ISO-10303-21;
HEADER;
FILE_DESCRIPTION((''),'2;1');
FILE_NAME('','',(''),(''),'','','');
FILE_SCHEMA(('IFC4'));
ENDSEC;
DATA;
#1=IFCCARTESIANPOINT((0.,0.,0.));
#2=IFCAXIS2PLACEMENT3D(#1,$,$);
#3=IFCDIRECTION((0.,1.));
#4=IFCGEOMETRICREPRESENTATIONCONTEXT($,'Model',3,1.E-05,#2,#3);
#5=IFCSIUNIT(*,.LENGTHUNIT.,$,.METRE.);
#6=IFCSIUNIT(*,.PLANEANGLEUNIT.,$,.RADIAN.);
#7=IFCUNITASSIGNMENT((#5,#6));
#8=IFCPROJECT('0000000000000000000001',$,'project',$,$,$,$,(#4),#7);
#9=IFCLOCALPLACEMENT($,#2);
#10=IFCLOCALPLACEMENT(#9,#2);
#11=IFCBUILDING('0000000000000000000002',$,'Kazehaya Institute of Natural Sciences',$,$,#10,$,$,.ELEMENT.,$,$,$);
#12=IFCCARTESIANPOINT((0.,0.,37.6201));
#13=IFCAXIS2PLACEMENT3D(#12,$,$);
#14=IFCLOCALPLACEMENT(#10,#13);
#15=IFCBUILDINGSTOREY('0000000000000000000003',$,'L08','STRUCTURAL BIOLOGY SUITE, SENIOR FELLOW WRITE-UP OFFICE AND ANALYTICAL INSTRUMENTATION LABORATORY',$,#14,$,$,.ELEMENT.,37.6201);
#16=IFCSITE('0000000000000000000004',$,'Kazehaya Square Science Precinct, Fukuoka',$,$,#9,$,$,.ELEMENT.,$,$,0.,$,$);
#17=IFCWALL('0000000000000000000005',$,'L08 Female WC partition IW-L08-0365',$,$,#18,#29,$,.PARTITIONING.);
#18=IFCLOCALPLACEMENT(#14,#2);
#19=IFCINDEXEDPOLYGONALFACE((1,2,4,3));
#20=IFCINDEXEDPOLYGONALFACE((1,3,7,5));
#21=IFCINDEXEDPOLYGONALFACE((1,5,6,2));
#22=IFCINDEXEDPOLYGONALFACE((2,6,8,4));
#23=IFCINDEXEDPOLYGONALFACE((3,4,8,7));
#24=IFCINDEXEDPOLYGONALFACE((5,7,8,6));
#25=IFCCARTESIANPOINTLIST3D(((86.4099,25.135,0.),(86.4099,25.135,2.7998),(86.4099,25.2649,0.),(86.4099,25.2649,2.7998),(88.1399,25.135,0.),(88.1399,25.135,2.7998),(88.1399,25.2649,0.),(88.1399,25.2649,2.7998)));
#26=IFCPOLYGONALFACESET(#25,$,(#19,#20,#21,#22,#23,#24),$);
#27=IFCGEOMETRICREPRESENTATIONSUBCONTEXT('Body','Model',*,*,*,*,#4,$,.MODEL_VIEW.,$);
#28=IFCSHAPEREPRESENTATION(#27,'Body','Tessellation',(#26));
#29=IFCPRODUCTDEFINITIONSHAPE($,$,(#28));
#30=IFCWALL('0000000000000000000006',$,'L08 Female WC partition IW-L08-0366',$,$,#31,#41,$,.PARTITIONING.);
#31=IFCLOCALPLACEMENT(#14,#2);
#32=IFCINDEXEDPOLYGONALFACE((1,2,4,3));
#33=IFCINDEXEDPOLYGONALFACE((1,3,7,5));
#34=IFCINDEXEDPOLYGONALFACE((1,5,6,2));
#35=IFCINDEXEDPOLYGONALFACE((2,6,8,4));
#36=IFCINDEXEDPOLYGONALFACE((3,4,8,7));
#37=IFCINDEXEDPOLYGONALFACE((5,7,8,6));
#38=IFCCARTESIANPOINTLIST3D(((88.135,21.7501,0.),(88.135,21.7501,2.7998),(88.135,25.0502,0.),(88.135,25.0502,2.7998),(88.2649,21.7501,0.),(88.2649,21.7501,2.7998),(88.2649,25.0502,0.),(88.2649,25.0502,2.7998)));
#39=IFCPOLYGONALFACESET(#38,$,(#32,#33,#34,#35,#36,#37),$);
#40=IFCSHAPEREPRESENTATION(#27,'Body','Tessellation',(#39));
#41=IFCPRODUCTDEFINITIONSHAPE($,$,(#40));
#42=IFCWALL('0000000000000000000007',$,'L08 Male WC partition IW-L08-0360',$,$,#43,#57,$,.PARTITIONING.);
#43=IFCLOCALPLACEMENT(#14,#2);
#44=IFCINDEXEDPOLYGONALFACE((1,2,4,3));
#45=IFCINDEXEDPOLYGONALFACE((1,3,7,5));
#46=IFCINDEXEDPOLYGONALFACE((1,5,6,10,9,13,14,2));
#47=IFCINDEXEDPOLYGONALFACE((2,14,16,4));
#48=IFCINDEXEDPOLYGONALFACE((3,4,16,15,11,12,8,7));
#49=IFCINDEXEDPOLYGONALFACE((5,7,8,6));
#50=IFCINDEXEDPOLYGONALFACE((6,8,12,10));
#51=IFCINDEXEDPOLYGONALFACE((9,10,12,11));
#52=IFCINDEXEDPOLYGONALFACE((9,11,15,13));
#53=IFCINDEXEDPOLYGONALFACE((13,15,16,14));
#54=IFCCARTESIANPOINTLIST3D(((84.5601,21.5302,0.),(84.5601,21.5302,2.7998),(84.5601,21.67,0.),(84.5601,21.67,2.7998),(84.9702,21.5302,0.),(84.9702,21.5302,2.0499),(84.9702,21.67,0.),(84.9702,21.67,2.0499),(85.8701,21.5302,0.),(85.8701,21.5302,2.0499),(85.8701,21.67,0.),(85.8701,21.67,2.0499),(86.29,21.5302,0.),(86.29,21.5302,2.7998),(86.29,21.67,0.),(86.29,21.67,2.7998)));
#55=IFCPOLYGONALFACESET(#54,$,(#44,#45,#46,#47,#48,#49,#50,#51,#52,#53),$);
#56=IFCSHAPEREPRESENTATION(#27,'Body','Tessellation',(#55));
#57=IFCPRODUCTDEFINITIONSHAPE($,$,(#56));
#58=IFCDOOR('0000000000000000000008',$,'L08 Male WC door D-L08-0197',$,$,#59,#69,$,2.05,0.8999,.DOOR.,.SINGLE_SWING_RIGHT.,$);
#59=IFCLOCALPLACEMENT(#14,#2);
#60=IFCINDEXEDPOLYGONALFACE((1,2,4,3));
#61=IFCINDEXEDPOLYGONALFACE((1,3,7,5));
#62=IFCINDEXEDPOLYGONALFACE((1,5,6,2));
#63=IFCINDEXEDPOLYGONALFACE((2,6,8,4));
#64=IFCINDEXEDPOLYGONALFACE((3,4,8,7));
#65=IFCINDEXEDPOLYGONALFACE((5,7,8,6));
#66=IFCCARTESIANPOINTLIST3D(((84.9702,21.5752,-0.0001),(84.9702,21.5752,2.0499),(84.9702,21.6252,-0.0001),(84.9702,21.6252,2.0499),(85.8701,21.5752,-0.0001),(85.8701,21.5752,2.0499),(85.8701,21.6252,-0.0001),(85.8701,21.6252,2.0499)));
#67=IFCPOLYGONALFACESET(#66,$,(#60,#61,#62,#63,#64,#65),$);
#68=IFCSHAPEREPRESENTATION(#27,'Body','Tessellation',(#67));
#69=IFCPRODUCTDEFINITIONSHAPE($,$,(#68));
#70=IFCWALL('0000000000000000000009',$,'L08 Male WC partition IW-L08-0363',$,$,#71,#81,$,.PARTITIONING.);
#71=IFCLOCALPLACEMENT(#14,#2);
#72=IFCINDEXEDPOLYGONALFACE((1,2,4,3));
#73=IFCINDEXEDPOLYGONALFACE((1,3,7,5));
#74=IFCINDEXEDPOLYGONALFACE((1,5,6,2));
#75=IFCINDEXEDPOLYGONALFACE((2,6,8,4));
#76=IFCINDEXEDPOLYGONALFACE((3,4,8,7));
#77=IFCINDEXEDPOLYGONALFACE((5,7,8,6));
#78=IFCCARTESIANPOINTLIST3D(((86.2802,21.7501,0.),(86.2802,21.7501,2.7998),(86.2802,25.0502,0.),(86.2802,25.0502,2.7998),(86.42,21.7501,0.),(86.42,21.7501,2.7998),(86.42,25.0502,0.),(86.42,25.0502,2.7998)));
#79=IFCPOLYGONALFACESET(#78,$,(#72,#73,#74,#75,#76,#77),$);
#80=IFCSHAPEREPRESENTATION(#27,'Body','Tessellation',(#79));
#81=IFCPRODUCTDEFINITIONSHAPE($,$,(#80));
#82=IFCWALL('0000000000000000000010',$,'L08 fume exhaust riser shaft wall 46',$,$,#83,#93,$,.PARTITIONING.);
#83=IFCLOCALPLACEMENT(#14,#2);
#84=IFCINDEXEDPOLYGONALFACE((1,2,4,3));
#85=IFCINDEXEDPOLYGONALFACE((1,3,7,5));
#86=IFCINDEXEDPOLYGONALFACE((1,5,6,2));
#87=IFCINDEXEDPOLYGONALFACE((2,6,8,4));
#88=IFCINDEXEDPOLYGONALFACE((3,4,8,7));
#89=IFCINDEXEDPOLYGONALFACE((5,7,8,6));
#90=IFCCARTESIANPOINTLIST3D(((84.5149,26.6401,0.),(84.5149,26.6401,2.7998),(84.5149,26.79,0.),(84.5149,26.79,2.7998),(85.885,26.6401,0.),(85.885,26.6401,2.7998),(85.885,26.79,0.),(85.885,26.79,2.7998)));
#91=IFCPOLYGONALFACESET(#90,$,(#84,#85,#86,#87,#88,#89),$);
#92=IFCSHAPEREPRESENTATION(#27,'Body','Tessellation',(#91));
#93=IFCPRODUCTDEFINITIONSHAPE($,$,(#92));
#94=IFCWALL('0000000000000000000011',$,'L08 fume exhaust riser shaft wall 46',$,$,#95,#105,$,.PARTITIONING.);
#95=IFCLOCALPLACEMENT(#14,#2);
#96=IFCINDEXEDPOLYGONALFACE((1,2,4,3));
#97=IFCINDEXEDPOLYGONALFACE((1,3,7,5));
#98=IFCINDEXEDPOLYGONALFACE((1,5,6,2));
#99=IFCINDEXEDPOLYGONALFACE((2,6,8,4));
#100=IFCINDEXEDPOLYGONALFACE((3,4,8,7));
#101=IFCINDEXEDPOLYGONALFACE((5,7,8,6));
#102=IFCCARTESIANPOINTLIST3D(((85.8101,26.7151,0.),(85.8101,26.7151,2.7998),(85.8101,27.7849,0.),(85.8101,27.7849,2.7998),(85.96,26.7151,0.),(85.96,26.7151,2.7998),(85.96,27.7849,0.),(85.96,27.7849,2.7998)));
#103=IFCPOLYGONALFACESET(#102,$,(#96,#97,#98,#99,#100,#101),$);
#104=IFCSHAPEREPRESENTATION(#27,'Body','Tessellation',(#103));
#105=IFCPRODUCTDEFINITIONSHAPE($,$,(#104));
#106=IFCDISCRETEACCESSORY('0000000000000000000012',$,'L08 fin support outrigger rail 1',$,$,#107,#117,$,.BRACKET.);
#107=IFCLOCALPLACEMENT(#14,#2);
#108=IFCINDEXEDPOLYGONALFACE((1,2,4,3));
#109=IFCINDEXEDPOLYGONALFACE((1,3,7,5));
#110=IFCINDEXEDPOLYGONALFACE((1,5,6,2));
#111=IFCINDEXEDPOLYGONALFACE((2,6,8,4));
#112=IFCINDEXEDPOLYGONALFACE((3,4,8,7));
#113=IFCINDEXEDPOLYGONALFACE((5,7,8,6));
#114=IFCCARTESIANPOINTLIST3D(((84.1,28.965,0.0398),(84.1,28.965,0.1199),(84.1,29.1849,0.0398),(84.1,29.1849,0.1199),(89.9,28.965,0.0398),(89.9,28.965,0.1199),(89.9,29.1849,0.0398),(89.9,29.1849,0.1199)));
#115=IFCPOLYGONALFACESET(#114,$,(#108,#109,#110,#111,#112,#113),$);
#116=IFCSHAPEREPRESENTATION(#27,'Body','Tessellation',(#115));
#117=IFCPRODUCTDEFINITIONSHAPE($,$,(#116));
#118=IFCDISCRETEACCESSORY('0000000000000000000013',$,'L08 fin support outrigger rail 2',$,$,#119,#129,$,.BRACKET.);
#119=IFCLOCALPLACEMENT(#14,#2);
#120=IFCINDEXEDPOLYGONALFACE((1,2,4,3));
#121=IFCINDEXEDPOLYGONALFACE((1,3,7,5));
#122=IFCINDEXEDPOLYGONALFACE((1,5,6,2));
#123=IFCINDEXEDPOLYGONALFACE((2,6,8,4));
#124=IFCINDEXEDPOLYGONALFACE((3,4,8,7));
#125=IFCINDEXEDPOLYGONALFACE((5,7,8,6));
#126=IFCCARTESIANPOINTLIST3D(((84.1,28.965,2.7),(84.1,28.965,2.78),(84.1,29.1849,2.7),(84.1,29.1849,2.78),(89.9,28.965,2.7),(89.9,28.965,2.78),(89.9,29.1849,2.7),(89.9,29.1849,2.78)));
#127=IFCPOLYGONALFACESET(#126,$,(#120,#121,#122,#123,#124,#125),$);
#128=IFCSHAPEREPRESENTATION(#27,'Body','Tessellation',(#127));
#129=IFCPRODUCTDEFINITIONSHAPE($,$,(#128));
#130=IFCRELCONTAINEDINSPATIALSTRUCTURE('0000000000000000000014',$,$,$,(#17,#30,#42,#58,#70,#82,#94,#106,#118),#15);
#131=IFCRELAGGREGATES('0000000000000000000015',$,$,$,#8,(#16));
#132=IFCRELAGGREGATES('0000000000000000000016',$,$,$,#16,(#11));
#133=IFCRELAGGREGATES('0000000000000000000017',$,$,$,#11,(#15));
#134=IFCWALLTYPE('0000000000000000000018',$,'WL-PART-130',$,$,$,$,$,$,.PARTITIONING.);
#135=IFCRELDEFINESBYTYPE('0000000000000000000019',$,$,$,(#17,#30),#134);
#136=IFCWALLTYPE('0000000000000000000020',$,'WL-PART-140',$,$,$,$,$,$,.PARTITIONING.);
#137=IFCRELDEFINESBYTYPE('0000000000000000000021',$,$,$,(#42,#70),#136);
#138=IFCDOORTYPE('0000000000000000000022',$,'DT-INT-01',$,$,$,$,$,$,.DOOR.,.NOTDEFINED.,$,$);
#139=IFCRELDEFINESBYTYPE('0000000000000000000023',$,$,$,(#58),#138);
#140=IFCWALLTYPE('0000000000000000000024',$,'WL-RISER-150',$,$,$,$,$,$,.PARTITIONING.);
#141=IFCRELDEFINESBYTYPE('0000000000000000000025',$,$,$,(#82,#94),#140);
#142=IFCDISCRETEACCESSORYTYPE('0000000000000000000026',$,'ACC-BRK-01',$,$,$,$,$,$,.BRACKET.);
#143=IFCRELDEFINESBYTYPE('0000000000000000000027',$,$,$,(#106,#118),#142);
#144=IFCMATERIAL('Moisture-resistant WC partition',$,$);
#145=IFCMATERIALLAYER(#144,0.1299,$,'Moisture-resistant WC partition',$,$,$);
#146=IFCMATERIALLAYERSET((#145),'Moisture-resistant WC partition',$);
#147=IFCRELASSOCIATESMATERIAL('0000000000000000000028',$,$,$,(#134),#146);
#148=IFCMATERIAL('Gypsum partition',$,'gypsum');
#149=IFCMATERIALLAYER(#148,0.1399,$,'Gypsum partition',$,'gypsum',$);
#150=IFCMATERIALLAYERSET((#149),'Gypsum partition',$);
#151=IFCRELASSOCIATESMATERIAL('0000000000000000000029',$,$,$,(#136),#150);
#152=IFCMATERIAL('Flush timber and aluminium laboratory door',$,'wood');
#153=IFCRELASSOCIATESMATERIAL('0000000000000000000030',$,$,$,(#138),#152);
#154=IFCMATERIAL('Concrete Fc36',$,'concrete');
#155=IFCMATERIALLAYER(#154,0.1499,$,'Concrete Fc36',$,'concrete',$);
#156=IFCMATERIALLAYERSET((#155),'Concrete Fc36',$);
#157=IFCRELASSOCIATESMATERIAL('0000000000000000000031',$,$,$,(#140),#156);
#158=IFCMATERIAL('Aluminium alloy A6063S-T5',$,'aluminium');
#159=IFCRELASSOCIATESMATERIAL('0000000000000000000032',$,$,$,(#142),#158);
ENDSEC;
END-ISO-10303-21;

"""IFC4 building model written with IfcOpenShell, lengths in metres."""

from ifc_helpers import new_model, si_unit, direction, frame, frame_2d, origin, origin_2d, place, context, subcontext, project, spatial, rectangle, extrude, material, layer, layer_set, type_object, element, fill, save


model = new_model("IFC4")

# Units and contexts
model_context = context("Model", 3, precision=1e-05, world=origin(), true_north=direction((0.0, 1.0)))
body_context = subcontext(model_context, "Body", "Model", "MODEL_VIEW")
ifc_project = project(units=[si_unit("LENGTHUNIT", "METRE"), si_unit("PLANEANGLEUNIT", "RADIAN")], contexts=[model_context])

# Site, building, storey
site_placement = place(None, origin())
site = spatial("IfcSite", under=ifc_project, at=site_placement, Name="Kazehaya Square Science Precinct, Fukuoka", CompositionType="ELEMENT", RefElevation=0.0)
building_placement = place(site_placement, origin())
building = spatial("IfcBuilding", under=site, at=building_placement, Name="Kazehaya Institute of Natural Sciences", CompositionType="ELEMENT")
storey_placement = place(building_placement, frame((0.0, 0.0, 37.6201)))
storey = spatial("IfcBuildingStorey", under=building, at=storey_placement, Name="L08", Description="STRUCTURAL BIOLOGY SUITE, SENIOR FELLOW WRITE-UP OFFICE AND ANALYTICAL INSTRUMENTATION LABORATORY", CompositionType="ELEMENT", Elevation=37.6201)

# Shared definitions
ifc_material_1 = material(Name="Aluminium alloy A6063S-T5", Category="aluminium")

# Shared definitions
ifc_material_2 = material(Name="Flush timber and aluminium laboratory door", Category="wood")

# Shared definitions
ifc_material_3 = material(Name="Moisture-resistant WC partition")
ifc_layer_1 = layer(ifc_material_3, 0.1299, Name="Moisture-resistant WC partition")
ifc_layer_set_1 = layer_set([ifc_layer_1], Name="Moisture-resistant WC partition")
wall_type_1 = type_object("IfcWallType", Name="WL-PART-130", PredefinedType="PARTITIONING", material=ifc_layer_set_1)

# Walls
wall_1_placement = place(storey_placement, frame((86.4099, 25.2, 0.0), z_axis=(0.0, 0.0, 1.0), x_axis=(1.0, 0.0, 0.0)))
element("IfcWall", 1, at=wall_1_placement, inside=storey, type_object=wall_type_1, Name="L08 Female WC partition IW-L08-0365", PredefinedType="PARTITIONING", context=body_context, shape_type="SweptSolid", body=[
    extrude(rectangle(XDim=1.73, YDim=0.1299, at=frame_2d((0.865, 0.0))), origin(), (0.0, 0.0, 1.0), 2.7998),
])
wall_2_placement = place(storey_placement, frame((88.2, 25.05, 0.0), z_axis=(0.0, 0.0, 1.0), x_axis=(0.0, -1.0, 0.0)))
element("IfcWall", 2, at=wall_2_placement, inside=storey, type_object=wall_type_1, Name="L08 Female WC partition IW-L08-0366", PredefinedType="PARTITIONING", context=body_context, shape_type="SweptSolid", body=[
    extrude(rectangle(XDim=3.3, YDim=0.1299, at=frame_2d((1.6499, 0.0))), origin(), (0.0, 0.0, 1.0), 2.7998),
])

# Wall, opening, door
ifc_material_4 = material(Name="Gypsum partition", Category="gypsum")
ifc_layer_2 = layer(ifc_material_4, 0.1399, Name="Gypsum partition", Category="gypsum")
ifc_layer_set_2 = layer_set([ifc_layer_2], Name="Gypsum partition")
wall_type_2 = type_object("IfcWallType", Name="WL-PART-140", PredefinedType="PARTITIONING", material=ifc_layer_set_2)
wall_3_placement = place(storey_placement, frame((86.29, 21.6001, 0.0), z_axis=(0.0, 0.0, 1.0), x_axis=(-1.0, 0.0, 0.0)))
wall_3 = element("IfcWall", 3, at=wall_3_placement, inside=storey, type_object=wall_type_2, Name="L08 Male WC partition IW-L08-0360", PredefinedType="PARTITIONING", context=body_context, shape_type="SweptSolid", body=[
    extrude(rectangle(XDim=1.73, YDim=0.1399, at=frame_2d((0.865, 0.0))), origin(), (0.0, 0.0, 1.0), 2.7998),
])
opening_1_placement = place(wall_3_placement, frame((0.4199, 0.0, 0.0)))
opening_1 = element("IfcOpeningElement", 4, at=opening_1_placement, cuts=wall_3, PredefinedType="OPENING", context=body_context, shape_type="SweptSolid", body=[
    extrude(rectangle(XDim=0.8999, YDim=2.05, at=frame_2d((0.45, 1.0249))), frame((0.0, 0.0798, 0.0), z_axis=(0.0, -1.0, 0.0), x_axis=(1.0, 0.0, 0.0)), (0.0, 0.0, 1.0), 0.1599),
])
door_type_1 = type_object("IfcDoorType", Name="DT-INT-01", OperationType="NOTDEFINED", PredefinedType="DOOR", material=ifc_material_2)
door_1_placement = place(opening_1_placement, origin())
door_1 = element("IfcDoor", 5, at=door_1_placement, inside=storey, type_object=door_type_1, Name="L08 Male WC door D-L08-0197", OperationType="SINGLE_SWING_RIGHT", OverallHeight=2.05, OverallWidth=0.8999, PredefinedType="DOOR", context=body_context, shape_type="SweptSolid", body=[
    extrude(rectangle(XDim=0.8999, YDim=2.05, at=frame_2d((0.45, 1.0249))), frame((0.0, 0.0249, 0.0), z_axis=(0.0, -1.0, 0.0), x_axis=(1.0, 0.0, 0.0)), (0.0, 0.0, 1.0), 0.05),
])
fill(opening_1, door_1)

# Walls
wall_4_placement = place(storey_placement, frame((86.3501, 25.05, 0.0), z_axis=(0.0, 0.0, 1.0), x_axis=(0.0, -1.0, 0.0)))
element("IfcWall", 6, at=wall_4_placement, inside=storey, type_object=wall_type_2, Name="L08 Male WC partition IW-L08-0363", PredefinedType="PARTITIONING", context=body_context, shape_type="SweptSolid", body=[
    extrude(rectangle(XDim=3.3, YDim=0.1399, at=frame_2d((1.6499, 0.0))), origin(), (0.0, 0.0, 1.0), 2.7998),
])
ifc_material_5 = material(Name="Concrete Fc36", Category="concrete")
ifc_layer_3 = layer(ifc_material_5, 0.1499, Name="Concrete Fc36", Category="concrete")
ifc_layer_set_3 = layer_set([ifc_layer_3], Name="Concrete Fc36")
wall_type_3 = type_object("IfcWallType", Name="WL-RISER-150", PredefinedType="PARTITIONING", material=ifc_layer_set_3)
wall_5_placement = place(storey_placement, frame((85.885, 26.7151, 0.0), z_axis=(0.0, 0.0, 1.0), x_axis=(-1.0, 0.0, 0.0)))
element("IfcWall", 7, at=wall_5_placement, inside=storey, type_object=wall_type_3, Name="L08 fume exhaust riser shaft wall 46", PredefinedType="PARTITIONING", context=body_context, shape_type="SweptSolid", body=[
    extrude(rectangle(XDim=1.3701, YDim=0.1499, at=frame_2d((0.6851, 0.0))), origin(), (0.0, 0.0, 1.0), 2.7998),
])
wall_6_placement = place(storey_placement, frame((85.885, 27.7849, 0.0), z_axis=(0.0, 0.0, 1.0), x_axis=(0.0, -1.0, 0.0)))
element("IfcWall", 8, at=wall_6_placement, inside=storey, type_object=wall_type_3, Name="L08 fume exhaust riser shaft wall 46", PredefinedType="PARTITIONING", context=body_context, shape_type="SweptSolid", body=[
    extrude(rectangle(XDim=1.0698, YDim=0.1499, at=frame_2d((0.5349, 0.0))), origin(), (0.0, 0.0, 1.0), 2.7998),
])

# Discrete accessories
discrete_accessory_type = type_object("IfcDiscreteAccessoryType", Name="ACC-BRK-01", PredefinedType="BRACKET", material=ifc_material_1)
for number, where, z_axis, x_axis, name in (
    (9, (87.0, 29.075, 0.0398), (0.0, 0.0, 1.0), (1.0, 0.0, 0.0), "L08 fin support outrigger rail 1"),
    (10, (87.0, 29.075, 2.7), (0.0, 0.0, 1.0), (1.0, 0.0, 0.0), "L08 fin support outrigger rail 2"),
):
    element("IfcDiscreteAccessory", number, at=place(storey_placement, frame(where, z_axis=z_axis, x_axis=x_axis)), inside=storey, type_object=discrete_accessory_type, Name=name, PredefinedType="BRACKET", context=body_context, shape_type="SweptSolid", body=[
        extrude(rectangle(XDim=5.8, YDim=0.22, at=origin_2d()), origin(), (0.0, 0.0, 1.0), 0.0801),
    ])

save(model, "model.ifc")
